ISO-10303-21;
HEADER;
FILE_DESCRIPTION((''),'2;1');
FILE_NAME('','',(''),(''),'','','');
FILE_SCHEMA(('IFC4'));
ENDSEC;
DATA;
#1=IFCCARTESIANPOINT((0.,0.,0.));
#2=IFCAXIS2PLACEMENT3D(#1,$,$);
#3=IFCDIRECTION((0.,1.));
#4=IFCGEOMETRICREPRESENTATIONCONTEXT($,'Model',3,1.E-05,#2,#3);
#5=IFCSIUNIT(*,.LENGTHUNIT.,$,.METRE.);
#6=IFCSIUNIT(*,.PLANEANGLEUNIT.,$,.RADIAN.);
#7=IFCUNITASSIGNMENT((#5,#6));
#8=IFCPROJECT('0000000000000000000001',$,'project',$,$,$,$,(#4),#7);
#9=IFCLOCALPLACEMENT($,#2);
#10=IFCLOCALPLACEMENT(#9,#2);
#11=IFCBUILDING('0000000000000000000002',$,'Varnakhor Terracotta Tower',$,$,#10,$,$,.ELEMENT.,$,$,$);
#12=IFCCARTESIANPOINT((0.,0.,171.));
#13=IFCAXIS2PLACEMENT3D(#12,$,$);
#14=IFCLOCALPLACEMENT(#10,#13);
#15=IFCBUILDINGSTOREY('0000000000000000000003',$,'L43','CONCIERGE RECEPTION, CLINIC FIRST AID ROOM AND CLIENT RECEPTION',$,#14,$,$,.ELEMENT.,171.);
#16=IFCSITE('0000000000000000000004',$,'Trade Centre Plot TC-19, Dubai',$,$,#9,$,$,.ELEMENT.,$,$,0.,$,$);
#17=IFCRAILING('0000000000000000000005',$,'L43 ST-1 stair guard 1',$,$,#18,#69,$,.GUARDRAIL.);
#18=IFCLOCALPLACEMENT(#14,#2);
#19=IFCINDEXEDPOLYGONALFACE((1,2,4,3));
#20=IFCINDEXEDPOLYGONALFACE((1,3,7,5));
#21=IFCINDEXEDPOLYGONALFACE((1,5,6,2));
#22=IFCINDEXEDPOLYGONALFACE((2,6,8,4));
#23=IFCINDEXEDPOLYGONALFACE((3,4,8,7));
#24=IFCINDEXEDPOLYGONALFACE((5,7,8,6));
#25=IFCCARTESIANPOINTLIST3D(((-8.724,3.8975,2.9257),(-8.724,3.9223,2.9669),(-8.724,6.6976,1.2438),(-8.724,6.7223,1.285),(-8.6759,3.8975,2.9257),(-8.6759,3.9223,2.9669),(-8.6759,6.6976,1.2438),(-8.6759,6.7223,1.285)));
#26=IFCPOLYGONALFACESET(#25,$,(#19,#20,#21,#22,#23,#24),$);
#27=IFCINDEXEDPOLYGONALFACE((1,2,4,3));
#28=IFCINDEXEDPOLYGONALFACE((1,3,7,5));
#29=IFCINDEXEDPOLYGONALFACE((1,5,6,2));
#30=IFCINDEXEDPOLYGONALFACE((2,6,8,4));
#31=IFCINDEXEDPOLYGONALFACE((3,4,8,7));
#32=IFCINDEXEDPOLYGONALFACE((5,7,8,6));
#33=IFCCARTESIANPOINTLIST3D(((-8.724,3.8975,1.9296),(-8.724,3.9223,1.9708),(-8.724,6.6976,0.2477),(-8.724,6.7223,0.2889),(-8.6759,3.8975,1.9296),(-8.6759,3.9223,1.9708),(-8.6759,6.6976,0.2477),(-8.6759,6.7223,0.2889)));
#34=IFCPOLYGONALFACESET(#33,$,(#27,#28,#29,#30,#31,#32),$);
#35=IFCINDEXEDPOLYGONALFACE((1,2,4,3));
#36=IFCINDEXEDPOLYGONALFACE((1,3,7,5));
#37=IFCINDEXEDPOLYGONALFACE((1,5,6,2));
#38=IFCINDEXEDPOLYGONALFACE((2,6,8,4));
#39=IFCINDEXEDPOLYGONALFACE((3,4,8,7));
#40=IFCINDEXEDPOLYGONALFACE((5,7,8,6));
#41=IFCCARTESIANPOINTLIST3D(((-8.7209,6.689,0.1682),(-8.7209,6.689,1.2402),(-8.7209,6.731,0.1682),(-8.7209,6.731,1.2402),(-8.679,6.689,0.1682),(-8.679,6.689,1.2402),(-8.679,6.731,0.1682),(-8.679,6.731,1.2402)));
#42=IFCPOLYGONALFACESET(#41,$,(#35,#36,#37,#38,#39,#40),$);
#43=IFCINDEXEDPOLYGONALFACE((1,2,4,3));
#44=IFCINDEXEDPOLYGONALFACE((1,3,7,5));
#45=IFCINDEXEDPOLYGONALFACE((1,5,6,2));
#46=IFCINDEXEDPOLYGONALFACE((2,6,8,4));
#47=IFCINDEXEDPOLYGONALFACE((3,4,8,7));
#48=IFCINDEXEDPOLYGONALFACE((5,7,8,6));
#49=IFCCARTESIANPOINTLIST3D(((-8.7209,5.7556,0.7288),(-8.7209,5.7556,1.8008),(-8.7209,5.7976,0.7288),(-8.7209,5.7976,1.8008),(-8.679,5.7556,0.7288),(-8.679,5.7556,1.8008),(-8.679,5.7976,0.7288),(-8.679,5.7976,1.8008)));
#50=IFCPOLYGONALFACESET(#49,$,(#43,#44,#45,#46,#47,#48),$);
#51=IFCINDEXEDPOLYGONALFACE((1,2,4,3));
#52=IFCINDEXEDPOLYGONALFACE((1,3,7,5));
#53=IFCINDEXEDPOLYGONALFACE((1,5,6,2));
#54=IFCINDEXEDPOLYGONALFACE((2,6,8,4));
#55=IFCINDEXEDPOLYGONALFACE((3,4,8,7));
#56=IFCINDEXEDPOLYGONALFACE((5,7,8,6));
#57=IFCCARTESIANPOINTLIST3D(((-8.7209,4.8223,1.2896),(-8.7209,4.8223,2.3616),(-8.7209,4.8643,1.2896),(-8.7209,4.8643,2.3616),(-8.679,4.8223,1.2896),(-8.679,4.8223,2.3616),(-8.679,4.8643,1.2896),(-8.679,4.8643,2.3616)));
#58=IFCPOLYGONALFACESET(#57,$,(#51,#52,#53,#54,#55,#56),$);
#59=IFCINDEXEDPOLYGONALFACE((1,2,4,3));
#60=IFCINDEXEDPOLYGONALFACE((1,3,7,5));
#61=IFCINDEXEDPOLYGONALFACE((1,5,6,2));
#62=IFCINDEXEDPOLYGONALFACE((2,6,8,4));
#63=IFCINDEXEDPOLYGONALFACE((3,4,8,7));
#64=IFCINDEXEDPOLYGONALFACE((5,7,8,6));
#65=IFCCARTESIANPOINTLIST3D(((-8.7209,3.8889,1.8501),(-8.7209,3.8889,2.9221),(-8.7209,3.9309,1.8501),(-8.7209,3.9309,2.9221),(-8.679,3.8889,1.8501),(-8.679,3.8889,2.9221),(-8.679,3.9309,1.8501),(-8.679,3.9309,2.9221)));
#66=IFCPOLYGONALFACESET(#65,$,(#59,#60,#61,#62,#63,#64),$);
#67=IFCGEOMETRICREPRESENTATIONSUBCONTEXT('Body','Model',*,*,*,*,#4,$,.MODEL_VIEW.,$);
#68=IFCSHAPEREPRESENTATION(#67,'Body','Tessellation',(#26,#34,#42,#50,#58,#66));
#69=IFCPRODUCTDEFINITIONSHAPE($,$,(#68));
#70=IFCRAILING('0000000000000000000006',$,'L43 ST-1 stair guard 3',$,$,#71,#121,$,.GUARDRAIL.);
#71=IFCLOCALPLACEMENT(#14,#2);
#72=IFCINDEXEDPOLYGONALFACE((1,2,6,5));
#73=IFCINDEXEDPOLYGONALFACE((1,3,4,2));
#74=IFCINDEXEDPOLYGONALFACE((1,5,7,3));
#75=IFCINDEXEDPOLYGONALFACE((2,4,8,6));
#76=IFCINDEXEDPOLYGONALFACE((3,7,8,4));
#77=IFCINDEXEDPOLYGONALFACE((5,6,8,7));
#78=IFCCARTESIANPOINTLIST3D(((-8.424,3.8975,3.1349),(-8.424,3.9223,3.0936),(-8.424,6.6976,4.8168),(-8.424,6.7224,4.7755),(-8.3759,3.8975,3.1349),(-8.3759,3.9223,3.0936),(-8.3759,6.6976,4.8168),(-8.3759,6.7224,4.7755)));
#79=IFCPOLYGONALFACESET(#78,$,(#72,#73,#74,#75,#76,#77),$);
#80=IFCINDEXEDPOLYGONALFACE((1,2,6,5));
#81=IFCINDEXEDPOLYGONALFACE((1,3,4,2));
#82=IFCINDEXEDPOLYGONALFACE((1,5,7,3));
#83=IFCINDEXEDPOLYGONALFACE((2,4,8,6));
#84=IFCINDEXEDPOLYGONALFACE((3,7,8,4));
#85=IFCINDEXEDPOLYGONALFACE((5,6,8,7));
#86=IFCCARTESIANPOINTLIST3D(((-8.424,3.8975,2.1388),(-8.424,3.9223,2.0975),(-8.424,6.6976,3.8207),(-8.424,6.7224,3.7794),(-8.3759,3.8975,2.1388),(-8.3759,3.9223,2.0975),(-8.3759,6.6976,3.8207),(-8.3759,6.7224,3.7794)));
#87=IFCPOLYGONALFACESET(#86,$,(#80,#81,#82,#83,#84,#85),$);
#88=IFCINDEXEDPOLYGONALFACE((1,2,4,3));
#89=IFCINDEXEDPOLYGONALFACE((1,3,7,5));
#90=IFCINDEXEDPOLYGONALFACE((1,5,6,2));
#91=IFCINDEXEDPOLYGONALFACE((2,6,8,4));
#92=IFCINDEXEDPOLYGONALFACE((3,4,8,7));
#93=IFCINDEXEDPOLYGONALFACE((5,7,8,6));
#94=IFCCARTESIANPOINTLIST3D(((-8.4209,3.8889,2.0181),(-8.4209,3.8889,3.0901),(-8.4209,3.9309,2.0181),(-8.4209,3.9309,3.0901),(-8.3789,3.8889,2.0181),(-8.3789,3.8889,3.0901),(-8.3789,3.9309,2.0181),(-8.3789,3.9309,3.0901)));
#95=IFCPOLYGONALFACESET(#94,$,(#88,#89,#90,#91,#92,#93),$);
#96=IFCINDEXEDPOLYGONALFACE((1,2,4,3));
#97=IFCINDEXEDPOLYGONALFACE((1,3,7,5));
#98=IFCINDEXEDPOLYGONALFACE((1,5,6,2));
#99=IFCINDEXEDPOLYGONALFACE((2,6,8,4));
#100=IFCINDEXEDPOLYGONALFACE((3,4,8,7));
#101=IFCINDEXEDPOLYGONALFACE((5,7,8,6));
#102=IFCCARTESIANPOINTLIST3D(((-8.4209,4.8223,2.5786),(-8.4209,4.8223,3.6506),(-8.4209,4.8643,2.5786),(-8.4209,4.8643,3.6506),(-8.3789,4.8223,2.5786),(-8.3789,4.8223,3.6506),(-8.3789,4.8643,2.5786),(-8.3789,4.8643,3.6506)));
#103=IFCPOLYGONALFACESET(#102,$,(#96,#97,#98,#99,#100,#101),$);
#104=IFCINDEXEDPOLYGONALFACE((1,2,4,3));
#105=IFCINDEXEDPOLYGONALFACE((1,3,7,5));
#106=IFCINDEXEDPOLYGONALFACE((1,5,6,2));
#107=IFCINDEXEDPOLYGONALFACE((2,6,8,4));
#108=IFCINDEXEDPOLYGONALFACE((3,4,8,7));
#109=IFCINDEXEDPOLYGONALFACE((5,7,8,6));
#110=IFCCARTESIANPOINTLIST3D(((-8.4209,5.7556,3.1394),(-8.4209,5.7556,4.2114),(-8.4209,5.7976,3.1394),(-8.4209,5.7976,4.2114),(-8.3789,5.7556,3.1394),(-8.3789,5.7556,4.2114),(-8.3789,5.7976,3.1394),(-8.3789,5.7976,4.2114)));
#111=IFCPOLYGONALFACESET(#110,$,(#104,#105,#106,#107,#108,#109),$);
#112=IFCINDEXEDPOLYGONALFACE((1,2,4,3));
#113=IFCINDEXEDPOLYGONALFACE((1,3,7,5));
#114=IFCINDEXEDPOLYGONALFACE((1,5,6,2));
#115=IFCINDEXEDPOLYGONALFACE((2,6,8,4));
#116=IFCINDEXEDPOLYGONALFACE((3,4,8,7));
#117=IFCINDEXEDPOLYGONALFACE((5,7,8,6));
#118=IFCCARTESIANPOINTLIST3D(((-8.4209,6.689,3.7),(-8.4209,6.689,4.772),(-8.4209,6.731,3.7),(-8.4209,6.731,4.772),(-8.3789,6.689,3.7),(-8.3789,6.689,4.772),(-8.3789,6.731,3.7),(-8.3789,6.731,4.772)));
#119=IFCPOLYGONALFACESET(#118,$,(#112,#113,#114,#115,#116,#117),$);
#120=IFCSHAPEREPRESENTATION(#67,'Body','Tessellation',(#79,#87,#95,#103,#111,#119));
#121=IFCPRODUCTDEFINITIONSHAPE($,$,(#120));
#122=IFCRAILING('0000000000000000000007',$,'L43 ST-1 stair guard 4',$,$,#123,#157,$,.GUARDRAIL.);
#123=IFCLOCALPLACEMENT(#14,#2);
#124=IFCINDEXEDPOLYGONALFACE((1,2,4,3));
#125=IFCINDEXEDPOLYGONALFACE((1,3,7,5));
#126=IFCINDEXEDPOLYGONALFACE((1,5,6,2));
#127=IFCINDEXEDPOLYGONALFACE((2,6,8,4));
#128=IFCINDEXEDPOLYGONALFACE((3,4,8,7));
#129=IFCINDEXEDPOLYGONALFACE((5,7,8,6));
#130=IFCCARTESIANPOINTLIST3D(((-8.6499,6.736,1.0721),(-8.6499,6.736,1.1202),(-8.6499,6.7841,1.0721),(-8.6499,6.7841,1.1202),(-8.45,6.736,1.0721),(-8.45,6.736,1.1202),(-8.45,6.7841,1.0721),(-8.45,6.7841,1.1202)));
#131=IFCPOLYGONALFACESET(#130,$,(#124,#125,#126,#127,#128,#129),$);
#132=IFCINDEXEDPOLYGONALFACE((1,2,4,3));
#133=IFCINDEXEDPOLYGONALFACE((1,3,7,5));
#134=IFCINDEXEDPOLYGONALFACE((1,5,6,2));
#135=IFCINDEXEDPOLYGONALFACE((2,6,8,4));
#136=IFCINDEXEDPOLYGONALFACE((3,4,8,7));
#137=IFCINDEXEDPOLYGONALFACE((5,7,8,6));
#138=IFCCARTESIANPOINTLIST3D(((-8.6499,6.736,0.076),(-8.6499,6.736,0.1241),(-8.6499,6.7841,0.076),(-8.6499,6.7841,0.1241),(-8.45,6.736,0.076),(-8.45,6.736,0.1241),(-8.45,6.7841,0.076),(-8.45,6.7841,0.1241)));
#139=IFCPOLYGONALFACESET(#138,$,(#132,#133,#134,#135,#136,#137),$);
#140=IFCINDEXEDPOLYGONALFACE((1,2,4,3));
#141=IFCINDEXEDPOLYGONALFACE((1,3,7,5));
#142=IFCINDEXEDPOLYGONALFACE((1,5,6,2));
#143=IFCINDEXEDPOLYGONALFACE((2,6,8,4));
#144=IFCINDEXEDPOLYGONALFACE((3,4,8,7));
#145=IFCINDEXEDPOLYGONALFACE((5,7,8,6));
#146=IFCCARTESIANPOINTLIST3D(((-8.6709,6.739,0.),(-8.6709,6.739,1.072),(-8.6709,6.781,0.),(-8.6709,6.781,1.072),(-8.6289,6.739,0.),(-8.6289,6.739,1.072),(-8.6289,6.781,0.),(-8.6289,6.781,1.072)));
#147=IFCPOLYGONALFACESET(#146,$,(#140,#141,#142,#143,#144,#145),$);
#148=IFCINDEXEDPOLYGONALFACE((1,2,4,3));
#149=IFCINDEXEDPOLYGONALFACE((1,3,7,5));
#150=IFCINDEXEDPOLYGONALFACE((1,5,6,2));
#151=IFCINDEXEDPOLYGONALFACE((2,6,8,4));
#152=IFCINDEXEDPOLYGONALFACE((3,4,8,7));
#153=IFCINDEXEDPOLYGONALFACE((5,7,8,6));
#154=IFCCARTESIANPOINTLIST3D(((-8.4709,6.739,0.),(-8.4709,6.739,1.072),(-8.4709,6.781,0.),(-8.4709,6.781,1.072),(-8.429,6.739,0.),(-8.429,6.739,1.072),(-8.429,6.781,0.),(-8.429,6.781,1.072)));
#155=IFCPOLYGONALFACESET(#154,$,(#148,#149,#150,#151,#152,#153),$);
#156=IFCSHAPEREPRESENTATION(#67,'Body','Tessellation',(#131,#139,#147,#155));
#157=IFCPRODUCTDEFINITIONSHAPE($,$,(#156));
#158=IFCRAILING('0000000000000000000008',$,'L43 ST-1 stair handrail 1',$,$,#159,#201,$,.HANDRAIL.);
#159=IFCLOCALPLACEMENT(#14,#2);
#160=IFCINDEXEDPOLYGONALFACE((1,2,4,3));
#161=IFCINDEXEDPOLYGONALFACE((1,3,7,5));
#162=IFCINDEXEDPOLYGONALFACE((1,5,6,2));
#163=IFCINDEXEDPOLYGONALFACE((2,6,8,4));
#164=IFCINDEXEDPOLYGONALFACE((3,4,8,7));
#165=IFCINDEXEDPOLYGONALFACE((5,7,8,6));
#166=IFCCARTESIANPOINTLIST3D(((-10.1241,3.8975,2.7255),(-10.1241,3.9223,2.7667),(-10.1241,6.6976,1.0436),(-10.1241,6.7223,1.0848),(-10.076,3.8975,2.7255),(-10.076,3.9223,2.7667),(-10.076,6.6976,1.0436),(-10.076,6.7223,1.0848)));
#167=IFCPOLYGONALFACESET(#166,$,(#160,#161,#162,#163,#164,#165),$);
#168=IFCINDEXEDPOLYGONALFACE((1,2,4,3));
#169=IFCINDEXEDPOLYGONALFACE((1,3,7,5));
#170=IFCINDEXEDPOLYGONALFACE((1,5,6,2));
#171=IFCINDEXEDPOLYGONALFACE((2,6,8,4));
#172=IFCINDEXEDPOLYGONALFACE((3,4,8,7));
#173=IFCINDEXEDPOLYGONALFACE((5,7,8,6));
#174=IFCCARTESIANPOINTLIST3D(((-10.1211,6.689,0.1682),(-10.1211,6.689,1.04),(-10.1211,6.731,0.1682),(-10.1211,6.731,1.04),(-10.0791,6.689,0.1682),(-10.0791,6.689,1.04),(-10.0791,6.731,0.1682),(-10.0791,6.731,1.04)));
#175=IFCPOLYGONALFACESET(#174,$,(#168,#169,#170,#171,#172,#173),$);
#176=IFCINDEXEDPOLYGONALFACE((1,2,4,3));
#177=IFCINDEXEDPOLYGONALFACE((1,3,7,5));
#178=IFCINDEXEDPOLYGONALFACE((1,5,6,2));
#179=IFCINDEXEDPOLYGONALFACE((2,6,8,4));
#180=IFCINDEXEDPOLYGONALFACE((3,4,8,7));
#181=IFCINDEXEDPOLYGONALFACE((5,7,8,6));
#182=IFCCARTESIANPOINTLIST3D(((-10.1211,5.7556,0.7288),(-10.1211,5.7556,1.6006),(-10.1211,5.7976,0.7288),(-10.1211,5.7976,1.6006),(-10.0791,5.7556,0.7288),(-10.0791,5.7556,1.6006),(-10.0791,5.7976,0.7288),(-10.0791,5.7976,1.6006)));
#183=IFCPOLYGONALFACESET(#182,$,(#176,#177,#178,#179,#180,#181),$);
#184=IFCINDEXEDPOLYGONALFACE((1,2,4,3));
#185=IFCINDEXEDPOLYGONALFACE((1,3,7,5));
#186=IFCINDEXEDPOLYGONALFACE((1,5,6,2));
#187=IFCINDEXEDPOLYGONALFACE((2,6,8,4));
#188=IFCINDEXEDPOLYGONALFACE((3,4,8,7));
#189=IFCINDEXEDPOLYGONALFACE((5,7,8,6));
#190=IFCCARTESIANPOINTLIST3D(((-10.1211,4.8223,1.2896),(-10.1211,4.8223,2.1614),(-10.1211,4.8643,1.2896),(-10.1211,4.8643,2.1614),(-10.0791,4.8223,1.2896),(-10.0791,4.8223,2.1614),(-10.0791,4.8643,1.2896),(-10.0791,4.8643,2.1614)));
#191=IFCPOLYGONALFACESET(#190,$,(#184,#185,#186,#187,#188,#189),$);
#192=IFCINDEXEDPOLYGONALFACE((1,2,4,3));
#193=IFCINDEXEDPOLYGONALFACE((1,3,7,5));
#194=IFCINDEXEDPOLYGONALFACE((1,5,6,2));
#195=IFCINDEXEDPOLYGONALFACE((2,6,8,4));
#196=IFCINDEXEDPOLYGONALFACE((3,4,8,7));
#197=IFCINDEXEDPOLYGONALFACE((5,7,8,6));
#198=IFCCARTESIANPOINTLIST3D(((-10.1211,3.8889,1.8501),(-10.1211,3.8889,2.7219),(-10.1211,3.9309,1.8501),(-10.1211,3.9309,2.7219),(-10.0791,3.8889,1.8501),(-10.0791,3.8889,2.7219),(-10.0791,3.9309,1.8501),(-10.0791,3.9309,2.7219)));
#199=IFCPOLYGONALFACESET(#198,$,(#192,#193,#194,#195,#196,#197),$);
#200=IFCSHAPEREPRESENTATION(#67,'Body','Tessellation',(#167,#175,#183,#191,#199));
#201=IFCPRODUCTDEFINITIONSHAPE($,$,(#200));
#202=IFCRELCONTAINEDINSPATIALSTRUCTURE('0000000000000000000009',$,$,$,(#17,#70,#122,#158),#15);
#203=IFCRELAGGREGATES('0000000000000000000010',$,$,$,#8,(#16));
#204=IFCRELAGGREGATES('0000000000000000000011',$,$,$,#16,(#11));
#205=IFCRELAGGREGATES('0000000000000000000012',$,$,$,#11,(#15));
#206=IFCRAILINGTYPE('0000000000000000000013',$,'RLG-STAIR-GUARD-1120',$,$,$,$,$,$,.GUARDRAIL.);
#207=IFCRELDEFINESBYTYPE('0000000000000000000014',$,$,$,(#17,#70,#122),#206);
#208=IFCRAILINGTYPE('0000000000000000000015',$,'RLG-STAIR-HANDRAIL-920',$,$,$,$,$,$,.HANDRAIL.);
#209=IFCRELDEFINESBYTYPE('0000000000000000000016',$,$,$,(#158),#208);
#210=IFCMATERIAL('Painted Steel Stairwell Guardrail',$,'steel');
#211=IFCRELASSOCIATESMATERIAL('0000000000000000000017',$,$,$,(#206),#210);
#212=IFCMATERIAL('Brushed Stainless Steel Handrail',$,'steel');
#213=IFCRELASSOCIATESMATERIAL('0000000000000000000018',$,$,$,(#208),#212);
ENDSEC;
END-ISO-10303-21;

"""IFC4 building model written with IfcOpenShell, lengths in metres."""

from ifc_helpers import new_model, si_unit, direction, frame, origin, origin_2d, place, context, subcontext, project, spatial, rectangle, extrude, material, type_object, element, save


model = new_model("IFC4")

# Units and contexts
model_context = context("Model", 3, precision=1e-05, world=origin(), true_north=direction((0.0, 1.0)))
body_context = subcontext(model_context, "Body", "Model", "MODEL_VIEW")
ifc_project = project(units=[si_unit("LENGTHUNIT", "METRE"), si_unit("PLANEANGLEUNIT", "RADIAN")], contexts=[model_context])

# Site, building, storey
site_placement = place(None, origin())
site = spatial("IfcSite", under=ifc_project, at=site_placement, Name="Trade Centre Plot TC-19, Dubai", CompositionType="ELEMENT", RefElevation=0.0)
building_placement = place(site_placement, origin())
building = spatial("IfcBuilding", under=site, at=building_placement, Name="Varnakhor Terracotta Tower", CompositionType="ELEMENT")
storey_placement = place(building_placement, frame((0.0, 0.0, 171.0)))
storey = spatial("IfcBuildingStorey", under=building, at=storey_placement, Name="L43", Description="CONCIERGE RECEPTION, CLINIC FIRST AID ROOM AND CLIENT RECEPTION", CompositionType="ELEMENT", Elevation=171.0)

# Railings
ifc_material_1 = material(Name="Painted Steel Stairwell Guardrail", Category="steel")
railing_type_1 = type_object("IfcRailingType", Name="RLG-STAIR-GUARD-1120", PredefinedType="GUARDRAIL", material=ifc_material_1)
railing_1_placement = place(storey_placement, frame((-8.7, 6.71, 0.1682)))
element("IfcRailing", 1, at=railing_1_placement, inside=storey, type_object=railing_type_1, Name="L43 ST-1 stair guard 1", PredefinedType="GUARDRAIL", context=body_context, shape_type="SweptSolid", body=[
    extrude(rectangle(XDim=0.0481, YDim=0.0481, at=origin_2d()), frame((0.0, 0.0, 1.0962), z_axis=(0.0, -0.857242, 0.514913), x_axis=(1.0, 0.0, 0.0)), (0.0, 0.0, 1.0), 3.2664),
    extrude(rectangle(XDim=0.0481, YDim=0.0481, at=origin_2d()), frame((0.0, 0.0, 0.1001), z_axis=(0.0, -0.857242, 0.514913), x_axis=(1.0, 0.0, 0.0)), (0.0, 0.0, 1.0), 3.2664),
    extrude(rectangle(XDim=0.042, YDim=0.042, at=origin_2d()), origin(), (0.0, 0.0, 1.0), 1.072),
    extrude(rectangle(XDim=0.042, YDim=0.042, at=origin_2d()), frame((0.0, -0.9333, 0.5605)), (0.0, 0.0, 1.0), 1.072),
    extrude(rectangle(XDim=0.042, YDim=0.042, at=origin_2d()), frame((0.0, -1.8667, 1.1213)), (0.0, 0.0, 1.0), 1.072),
    extrude(rectangle(XDim=0.042, YDim=0.042, at=origin_2d()), frame((0.0, -2.8, 1.6819)), (0.0, 0.0, 1.0), 1.072),
])
railing_2_placement = place(storey_placement, frame((-8.3999, 3.9099, 2.0181)))
element("IfcRailing", 2, at=railing_2_placement, inside=storey, type_object=railing_type_1, Name="L43 ST-1 stair guard 3", PredefinedType="GUARDRAIL", context=body_context, shape_type="SweptSolid", body=[
    extrude(rectangle(XDim=0.0481, YDim=0.0481, at=origin_2d()), frame((0.0, 0.0, 1.0962), z_axis=(0.0, 0.857242, 0.514913), x_axis=(-1.0, 0.0, 0.0)), (0.0, 0.0, 1.0), 3.2664),
    extrude(rectangle(XDim=0.0481, YDim=0.0481, at=origin_2d()), frame((0.0, 0.0, 0.1001), z_axis=(0.0, 0.857242, 0.514913), x_axis=(-1.0, 0.0, 0.0)), (0.0, 0.0, 1.0), 3.2664),
    extrude(rectangle(XDim=0.042, YDim=0.042, at=origin_2d()), origin(), (0.0, 0.0, 1.0), 1.072),
    extrude(rectangle(XDim=0.042, YDim=0.042, at=origin_2d()), frame((0.0, 0.9333, 0.5605)), (0.0, 0.0, 1.0), 1.072),
    extrude(rectangle(XDim=0.042, YDim=0.042, at=origin_2d()), frame((0.0, 1.8667, 1.1213)), (0.0, 0.0, 1.0), 1.072),
    extrude(rectangle(XDim=0.042, YDim=0.042, at=origin_2d()), frame((0.0, 2.8, 1.6819)), (0.0, 0.0, 1.0), 1.072),
])
railing_3_placement = place(storey_placement, frame((-8.6499, 6.76, 0.0)))
element("IfcRailing", 3, at=railing_3_placement, inside=storey, type_object=railing_type_1, Name="L43 ST-1 stair guard 4", PredefinedType="GUARDRAIL", context=body_context, shape_type="SweptSolid", body=[
    extrude(rectangle(XDim=0.0481, YDim=0.0481, at=origin_2d()), frame((0.0, 0.0, 1.0962), z_axis=(1.0, 0.0, 0.0), x_axis=(0.0, 1.0, 0.0)), (0.0, 0.0, 1.0), 0.2),
    extrude(rectangle(XDim=0.0481, YDim=0.0481, at=origin_2d()), frame((0.0, 0.0, 0.1001), z_axis=(1.0, 0.0, 0.0), x_axis=(0.0, 1.0, 0.0)), (0.0, 0.0, 1.0), 0.2),
    extrude(rectangle(XDim=0.042, YDim=0.042, at=origin_2d()), origin(), (0.0, 0.0, 1.0), 1.072),
    extrude(rectangle(XDim=0.042, YDim=0.042, at=origin_2d()), frame((0.2, 0.0, 0.0)), (0.0, 0.0, 1.0), 1.072),
])
ifc_material_2 = material(Name="Brushed Stainless Steel Handrail", Category="steel")
railing_type_2 = type_object("IfcRailingType", Name="RLG-STAIR-HANDRAIL-920", PredefinedType="HANDRAIL", material=ifc_material_2)
railing_4_placement = place(storey_placement, frame((-10.1001, 6.71, 0.1682)))
element("IfcRailing", 4, at=railing_4_placement, inside=storey, type_object=railing_type_2, Name="L43 ST-1 stair handrail 1", PredefinedType="HANDRAIL", context=body_context, shape_type="SweptSolid", body=[
    extrude(rectangle(XDim=0.0481, YDim=0.0481, at=origin_2d()), frame((0.0, 0.0, 0.896), z_axis=(0.0, -0.857242, 0.514913), x_axis=(1.0, 0.0, 0.0)), (0.0, 0.0, 1.0), 3.2664),
    extrude(rectangle(XDim=0.042, YDim=0.042, at=origin_2d()), origin(), (0.0, 0.0, 1.0), 0.8718),
    extrude(rectangle(XDim=0.042, YDim=0.042, at=origin_2d()), frame((0.0, -0.9333, 0.5605)), (0.0, 0.0, 1.0), 0.8718),
    extrude(rectangle(XDim=0.042, YDim=0.042, at=origin_2d()), frame((0.0, -1.8667, 1.1213)), (0.0, 0.0, 1.0), 0.8718),
    extrude(rectangle(XDim=0.042, YDim=0.042, at=origin_2d()), frame((0.0, -2.8, 1.6819)), (0.0, 0.0, 1.0), 0.8718),
])

save(model, "model.ifc")
